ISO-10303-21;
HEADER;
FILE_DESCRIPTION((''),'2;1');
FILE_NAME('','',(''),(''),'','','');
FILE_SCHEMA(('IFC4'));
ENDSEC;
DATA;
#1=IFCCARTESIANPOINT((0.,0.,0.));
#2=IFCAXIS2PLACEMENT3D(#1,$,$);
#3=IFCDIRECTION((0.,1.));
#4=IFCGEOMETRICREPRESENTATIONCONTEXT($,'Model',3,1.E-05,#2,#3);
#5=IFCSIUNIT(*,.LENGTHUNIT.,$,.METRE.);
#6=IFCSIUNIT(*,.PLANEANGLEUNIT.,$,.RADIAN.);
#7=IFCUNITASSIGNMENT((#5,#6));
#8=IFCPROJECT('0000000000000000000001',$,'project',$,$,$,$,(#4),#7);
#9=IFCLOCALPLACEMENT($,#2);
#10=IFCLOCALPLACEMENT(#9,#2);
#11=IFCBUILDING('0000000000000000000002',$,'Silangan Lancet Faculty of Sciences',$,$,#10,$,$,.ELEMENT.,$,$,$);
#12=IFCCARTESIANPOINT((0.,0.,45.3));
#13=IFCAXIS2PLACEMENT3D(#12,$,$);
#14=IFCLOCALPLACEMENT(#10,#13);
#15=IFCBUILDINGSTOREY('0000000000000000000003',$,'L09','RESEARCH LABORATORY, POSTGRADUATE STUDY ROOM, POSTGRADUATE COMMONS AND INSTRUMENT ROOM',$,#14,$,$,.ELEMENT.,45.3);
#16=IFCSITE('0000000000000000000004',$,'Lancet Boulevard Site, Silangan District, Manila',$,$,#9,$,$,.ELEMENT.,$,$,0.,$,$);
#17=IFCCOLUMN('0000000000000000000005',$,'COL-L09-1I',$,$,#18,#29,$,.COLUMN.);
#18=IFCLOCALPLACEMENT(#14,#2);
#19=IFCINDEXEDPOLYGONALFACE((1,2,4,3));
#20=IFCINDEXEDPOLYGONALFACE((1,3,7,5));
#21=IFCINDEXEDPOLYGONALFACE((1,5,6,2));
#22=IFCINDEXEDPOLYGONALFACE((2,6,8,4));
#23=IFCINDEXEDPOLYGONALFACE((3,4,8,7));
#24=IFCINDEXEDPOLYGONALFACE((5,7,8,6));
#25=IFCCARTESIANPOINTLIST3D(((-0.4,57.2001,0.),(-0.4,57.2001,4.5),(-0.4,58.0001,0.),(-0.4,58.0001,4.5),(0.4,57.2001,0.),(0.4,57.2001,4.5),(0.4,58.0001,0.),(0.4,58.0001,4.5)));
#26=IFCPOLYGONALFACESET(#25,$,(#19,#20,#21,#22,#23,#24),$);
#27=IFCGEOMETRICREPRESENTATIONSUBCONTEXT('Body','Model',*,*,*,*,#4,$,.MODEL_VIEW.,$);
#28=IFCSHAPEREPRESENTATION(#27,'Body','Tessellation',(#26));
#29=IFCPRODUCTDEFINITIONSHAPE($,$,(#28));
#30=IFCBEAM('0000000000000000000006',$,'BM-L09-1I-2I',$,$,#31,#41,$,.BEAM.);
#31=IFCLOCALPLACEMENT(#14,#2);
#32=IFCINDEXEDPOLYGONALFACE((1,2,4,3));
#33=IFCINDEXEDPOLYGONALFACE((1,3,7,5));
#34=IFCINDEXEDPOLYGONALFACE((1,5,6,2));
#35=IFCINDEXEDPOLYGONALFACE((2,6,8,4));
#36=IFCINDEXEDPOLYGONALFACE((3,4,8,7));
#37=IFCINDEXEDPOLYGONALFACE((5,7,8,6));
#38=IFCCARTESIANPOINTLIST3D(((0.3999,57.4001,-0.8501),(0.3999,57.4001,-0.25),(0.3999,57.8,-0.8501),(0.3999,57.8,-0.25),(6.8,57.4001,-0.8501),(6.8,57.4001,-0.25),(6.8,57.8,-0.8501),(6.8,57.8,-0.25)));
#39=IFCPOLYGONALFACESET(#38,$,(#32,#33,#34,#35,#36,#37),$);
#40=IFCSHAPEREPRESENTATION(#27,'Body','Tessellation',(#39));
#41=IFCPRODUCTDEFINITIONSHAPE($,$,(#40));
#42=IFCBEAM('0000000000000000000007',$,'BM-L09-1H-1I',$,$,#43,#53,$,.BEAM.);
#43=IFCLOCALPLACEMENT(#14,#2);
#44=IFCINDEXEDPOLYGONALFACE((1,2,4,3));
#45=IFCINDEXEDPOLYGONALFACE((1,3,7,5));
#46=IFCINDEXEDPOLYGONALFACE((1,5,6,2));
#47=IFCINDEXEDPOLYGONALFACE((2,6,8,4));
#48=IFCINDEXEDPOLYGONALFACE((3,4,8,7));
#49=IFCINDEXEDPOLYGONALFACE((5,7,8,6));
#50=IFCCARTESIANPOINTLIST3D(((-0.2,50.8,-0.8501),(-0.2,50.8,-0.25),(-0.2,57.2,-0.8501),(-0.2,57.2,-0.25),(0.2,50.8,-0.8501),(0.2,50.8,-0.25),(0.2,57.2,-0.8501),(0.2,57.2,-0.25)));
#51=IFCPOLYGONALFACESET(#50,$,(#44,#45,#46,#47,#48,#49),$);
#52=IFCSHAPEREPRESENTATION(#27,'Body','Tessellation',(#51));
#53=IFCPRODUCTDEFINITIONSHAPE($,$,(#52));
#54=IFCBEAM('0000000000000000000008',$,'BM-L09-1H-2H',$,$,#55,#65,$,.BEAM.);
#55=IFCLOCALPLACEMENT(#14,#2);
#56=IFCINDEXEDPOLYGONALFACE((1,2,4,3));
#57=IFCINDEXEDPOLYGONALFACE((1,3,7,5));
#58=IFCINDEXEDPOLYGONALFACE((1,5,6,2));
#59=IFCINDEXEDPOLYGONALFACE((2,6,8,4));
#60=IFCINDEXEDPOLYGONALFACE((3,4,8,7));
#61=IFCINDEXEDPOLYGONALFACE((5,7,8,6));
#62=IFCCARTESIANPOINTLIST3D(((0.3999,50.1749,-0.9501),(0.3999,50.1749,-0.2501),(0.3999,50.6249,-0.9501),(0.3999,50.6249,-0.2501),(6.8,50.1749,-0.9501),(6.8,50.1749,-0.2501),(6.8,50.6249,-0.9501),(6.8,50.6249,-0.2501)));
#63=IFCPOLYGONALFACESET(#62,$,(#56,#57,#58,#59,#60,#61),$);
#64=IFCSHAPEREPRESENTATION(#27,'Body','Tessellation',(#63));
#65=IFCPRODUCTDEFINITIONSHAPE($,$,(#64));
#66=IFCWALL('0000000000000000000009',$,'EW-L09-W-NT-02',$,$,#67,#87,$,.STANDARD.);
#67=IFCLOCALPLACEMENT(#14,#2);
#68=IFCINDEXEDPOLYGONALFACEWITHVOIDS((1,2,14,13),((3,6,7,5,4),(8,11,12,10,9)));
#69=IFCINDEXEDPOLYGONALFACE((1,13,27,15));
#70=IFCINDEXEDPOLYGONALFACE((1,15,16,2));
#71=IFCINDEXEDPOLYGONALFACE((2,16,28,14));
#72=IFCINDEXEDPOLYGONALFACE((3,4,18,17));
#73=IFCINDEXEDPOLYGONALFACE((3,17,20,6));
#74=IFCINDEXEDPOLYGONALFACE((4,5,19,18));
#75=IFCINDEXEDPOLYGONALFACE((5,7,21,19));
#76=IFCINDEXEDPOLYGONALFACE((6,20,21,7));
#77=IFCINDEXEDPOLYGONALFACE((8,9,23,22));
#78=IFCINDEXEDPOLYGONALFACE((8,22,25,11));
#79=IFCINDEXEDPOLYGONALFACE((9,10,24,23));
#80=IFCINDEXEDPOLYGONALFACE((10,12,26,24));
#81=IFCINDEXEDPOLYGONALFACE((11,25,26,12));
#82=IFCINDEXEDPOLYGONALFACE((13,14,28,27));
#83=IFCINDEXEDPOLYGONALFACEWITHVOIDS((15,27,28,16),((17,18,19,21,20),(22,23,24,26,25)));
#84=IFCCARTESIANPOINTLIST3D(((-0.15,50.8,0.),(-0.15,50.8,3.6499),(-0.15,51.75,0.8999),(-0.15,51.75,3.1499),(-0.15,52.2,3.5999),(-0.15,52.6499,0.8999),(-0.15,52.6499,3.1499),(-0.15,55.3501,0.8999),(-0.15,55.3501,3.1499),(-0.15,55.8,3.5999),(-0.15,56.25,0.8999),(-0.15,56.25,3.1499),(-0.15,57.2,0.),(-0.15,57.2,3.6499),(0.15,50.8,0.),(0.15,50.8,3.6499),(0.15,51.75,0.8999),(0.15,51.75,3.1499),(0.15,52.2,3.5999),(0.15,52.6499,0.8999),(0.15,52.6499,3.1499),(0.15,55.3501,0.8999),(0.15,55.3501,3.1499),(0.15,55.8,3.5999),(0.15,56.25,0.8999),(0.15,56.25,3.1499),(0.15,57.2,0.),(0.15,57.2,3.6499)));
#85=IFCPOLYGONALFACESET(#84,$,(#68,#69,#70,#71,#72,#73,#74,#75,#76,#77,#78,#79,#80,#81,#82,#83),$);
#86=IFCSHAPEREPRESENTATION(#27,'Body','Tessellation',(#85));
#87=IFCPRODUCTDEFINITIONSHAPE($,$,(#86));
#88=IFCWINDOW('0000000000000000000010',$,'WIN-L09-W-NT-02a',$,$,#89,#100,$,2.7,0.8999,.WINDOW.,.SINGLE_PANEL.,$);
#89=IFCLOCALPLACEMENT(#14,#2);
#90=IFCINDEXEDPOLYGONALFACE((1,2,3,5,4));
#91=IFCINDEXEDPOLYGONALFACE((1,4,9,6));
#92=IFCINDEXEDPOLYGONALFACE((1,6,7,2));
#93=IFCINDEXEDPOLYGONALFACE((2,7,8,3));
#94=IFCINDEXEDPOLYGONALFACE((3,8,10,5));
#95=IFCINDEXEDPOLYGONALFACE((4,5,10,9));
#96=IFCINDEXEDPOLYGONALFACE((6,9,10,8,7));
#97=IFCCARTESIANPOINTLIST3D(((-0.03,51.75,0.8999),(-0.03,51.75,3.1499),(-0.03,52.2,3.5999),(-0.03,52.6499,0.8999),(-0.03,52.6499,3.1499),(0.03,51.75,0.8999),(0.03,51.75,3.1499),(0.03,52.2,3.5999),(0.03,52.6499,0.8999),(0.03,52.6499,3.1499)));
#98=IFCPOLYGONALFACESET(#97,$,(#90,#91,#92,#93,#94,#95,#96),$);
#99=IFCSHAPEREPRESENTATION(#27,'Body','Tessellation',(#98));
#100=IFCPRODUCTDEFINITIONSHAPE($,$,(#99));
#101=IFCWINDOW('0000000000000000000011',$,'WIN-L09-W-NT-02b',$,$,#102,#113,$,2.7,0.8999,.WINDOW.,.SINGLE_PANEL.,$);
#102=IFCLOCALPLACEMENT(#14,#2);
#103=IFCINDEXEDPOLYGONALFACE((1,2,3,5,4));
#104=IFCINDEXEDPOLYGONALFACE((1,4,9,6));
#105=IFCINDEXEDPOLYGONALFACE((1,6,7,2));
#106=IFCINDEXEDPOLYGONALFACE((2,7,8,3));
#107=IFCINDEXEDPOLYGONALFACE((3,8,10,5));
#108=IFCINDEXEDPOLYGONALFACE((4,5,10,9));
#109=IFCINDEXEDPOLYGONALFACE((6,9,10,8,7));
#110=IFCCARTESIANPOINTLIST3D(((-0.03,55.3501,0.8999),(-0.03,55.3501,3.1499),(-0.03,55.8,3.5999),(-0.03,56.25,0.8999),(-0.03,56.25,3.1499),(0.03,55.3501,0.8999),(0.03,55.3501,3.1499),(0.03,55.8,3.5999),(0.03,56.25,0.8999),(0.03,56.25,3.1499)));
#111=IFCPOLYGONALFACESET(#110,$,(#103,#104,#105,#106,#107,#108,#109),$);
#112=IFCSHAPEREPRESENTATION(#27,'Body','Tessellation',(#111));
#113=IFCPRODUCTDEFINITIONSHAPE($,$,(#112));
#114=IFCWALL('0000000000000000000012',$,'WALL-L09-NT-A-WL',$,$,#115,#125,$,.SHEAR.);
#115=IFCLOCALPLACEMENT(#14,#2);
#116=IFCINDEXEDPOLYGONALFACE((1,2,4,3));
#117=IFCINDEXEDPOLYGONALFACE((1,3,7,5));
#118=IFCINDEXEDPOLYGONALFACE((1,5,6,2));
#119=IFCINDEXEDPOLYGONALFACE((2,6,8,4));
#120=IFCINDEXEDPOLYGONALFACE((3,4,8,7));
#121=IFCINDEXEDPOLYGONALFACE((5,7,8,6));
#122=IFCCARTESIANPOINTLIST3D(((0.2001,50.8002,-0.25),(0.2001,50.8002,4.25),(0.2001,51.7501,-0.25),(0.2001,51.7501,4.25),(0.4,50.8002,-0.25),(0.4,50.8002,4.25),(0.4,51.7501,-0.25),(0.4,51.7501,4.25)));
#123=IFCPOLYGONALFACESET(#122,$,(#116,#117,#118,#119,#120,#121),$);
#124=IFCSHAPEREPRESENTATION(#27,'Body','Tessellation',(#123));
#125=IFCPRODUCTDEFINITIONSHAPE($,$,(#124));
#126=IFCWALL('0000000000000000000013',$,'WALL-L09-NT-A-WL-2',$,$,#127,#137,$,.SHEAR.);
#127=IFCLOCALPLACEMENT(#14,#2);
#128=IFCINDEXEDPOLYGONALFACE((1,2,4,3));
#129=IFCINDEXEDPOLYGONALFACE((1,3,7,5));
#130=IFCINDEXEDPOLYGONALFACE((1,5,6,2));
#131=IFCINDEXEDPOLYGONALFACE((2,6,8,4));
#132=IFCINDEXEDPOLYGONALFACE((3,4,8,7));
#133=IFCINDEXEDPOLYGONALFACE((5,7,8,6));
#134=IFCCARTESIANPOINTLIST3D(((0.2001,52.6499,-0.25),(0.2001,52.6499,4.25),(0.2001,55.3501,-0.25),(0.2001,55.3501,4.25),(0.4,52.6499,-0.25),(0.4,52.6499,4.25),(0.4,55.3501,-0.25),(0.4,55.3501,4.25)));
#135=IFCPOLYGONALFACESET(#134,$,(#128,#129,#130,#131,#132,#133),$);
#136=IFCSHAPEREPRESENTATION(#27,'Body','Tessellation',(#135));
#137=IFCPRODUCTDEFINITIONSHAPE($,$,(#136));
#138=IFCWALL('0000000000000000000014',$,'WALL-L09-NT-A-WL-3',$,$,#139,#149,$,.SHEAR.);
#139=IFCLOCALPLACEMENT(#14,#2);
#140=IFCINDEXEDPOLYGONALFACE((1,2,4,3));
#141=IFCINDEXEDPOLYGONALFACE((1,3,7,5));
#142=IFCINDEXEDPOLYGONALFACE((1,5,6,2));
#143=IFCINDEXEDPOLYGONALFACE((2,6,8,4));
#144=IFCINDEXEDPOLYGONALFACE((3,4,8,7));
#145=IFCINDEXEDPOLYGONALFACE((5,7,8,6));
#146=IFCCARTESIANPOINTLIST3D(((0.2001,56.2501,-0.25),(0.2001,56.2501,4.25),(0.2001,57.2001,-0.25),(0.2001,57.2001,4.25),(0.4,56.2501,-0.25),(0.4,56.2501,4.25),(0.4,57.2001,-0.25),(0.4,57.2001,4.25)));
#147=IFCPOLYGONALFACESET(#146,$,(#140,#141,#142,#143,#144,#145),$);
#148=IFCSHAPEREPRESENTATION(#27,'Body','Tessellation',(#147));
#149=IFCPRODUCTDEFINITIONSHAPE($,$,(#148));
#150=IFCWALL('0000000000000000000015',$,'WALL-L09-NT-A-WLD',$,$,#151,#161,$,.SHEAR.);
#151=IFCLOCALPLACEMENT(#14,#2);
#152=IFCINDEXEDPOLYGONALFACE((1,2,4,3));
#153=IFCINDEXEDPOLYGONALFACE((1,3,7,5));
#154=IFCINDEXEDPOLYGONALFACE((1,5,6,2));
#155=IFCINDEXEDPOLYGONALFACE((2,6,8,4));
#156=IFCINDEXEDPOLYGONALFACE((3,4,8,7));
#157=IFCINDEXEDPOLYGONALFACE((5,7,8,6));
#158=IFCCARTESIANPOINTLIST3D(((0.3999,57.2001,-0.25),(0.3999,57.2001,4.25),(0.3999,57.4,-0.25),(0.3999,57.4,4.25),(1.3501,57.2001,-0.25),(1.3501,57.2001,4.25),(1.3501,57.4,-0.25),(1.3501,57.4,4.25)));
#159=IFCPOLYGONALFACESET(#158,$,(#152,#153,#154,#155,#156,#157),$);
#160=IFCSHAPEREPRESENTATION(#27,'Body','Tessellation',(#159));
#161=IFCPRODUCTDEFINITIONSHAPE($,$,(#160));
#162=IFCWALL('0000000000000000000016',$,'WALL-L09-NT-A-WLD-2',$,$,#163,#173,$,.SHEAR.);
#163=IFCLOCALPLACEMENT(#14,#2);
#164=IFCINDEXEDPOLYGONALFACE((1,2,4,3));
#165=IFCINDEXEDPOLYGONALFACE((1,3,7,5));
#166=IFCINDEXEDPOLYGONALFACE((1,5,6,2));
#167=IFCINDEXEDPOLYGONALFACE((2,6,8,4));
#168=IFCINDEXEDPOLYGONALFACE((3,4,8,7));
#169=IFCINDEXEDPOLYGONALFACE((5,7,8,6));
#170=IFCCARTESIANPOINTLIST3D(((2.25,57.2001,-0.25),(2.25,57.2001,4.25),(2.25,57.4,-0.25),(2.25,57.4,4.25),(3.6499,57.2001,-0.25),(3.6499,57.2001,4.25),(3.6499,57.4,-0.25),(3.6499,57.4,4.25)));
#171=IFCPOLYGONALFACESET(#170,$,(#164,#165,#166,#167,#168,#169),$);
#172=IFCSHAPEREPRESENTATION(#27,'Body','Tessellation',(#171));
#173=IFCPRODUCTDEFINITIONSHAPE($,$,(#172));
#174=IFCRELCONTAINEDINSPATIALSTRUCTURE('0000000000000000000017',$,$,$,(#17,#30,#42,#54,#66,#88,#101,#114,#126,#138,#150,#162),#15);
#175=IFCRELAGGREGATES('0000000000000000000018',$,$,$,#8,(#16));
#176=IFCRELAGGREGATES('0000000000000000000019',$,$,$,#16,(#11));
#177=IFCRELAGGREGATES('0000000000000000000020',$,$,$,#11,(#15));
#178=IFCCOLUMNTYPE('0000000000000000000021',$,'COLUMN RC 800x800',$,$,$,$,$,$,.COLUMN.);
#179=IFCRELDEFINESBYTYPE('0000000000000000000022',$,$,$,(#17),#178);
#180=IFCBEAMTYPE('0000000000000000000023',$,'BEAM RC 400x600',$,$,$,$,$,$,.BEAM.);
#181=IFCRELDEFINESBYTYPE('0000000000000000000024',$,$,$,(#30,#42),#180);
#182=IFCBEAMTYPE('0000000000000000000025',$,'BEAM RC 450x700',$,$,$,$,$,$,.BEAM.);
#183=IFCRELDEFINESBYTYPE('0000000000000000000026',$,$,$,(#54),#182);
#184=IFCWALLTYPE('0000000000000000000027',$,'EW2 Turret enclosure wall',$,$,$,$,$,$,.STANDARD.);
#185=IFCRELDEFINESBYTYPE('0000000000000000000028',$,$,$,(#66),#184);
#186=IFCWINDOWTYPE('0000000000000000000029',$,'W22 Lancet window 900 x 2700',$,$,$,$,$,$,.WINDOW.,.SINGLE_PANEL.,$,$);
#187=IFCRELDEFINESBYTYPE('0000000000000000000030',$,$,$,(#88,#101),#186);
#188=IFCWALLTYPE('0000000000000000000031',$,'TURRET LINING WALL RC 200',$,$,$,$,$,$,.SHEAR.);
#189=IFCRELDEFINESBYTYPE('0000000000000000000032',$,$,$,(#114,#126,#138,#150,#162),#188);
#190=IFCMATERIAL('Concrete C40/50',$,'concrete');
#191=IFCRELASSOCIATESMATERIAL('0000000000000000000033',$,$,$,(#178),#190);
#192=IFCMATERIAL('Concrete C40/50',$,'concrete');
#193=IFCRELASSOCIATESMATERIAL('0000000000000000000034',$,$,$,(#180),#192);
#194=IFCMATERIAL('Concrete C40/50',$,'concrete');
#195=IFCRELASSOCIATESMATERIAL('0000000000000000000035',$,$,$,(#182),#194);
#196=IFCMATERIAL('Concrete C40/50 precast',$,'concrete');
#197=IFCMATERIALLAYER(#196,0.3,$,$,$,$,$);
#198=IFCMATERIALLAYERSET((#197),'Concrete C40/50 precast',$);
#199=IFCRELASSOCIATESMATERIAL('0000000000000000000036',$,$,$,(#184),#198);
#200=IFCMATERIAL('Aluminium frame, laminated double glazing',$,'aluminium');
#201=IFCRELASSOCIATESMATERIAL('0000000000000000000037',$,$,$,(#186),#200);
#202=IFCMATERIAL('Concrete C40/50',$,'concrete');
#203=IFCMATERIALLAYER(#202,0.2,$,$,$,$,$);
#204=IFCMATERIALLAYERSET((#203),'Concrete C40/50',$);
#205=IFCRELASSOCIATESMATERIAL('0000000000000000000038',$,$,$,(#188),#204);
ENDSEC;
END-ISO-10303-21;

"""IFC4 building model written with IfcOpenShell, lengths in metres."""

from ifc_helpers import new_model, si_unit, direction, frame, frame_2d, origin, origin_2d, place, context, subcontext, project, spatial, polyline, rectangle, outline, extrude, material, layer, layer_set, material_profile, profile_set, type_object, element, fill, save


model = new_model("IFC4")

# Units and contexts
model_context = context("Model", 3, precision=1e-05, world=origin(), true_north=direction((0.0, 1.0)))
body_context = subcontext(model_context, "Body", "Model", "MODEL_VIEW")
ifc_project = project(units=[si_unit("LENGTHUNIT", "METRE"), si_unit("PLANEANGLEUNIT", "RADIAN")], contexts=[model_context])

# Site, building, storey
site_placement = place(None, origin())
site = spatial("IfcSite", under=ifc_project, at=site_placement, Name="Lancet Boulevard Site, Silangan District, Manila", CompositionType="ELEMENT", RefElevation=0.0)
building_placement = place(site_placement, origin())
building = spatial("IfcBuilding", under=site, at=building_placement, Name="Silangan Lancet Faculty of Sciences", CompositionType="ELEMENT")
storey_placement = place(building_placement, frame((0.0, 0.0, 45.3)))
storey = spatial("IfcBuildingStorey", under=building, at=storey_placement, Name="L09", Description="RESEARCH LABORATORY, POSTGRADUATE STUDY ROOM, POSTGRADUATE COMMONS AND INSTRUMENT ROOM", CompositionType="ELEMENT", Elevation=45.3)

# Column
ifc_material_1 = material(Name="Concrete C40/50", Category="concrete")
ifc_material_profile_1 = material_profile(ifc_material_1, rectangle(XDim=0.8, YDim=0.8, at=origin_2d()), Name="RC 800x800")
ifc_profile_set_1 = profile_set([ifc_material_profile_1], Name="Concrete C40/50")
column_type = type_object("IfcColumnType", Name="COLUMN RC 800x800", PredefinedType="COLUMN", material=ifc_profile_set_1)
column_placement = place(storey_placement, frame((0.0, 57.6001, 0.0), z_axis=(0.0, 0.0, 1.0), x_axis=(1.0, 0.0, 0.0)))
element("IfcColumn", 1, at=column_placement, inside=storey, type_object=column_type, Name="COL-L09-1I", PredefinedType="COLUMN", context=body_context, shape_type="SweptSolid", body=[
    extrude(rectangle(XDim=0.8, YDim=0.8, at=origin_2d()), origin(), (0.0, 0.0, 1.0), 4.5),
])

# Beams
ifc_material_2 = material(Name="Concrete C40/50", Category="concrete")
ifc_material_profile_2 = material_profile(ifc_material_2, rectangle(XDim=0.3999, YDim=0.6001, at=origin_2d()), Name="RC 400x600")
ifc_profile_set_2 = profile_set([ifc_material_profile_2], Name="Concrete C40/50")
beam_type_1 = type_object("IfcBeamType", Name="BEAM RC 400x600", PredefinedType="BEAM", material=ifc_profile_set_2)
beam_1_placement = place(storey_placement, frame((0.3999, 57.6001, -0.55), z_axis=(1.0, 0.0, 0.0), x_axis=(0.0, 1.0, 0.0)))
element("IfcBeam", 2, at=beam_1_placement, inside=storey, type_object=beam_type_1, Name="BM-L09-1I-2I", PredefinedType="BEAM", context=body_context, shape_type="SweptSolid", body=[
    extrude(rectangle(XDim=0.3999, YDim=0.6001, at=origin_2d()), origin(), (0.0, 0.0, 1.0), 6.4001),
])
beam_2_placement = place(storey_placement, frame((0.0, 50.8, -0.55), z_axis=(0.0, 1.0, 0.0), x_axis=(-1.0, 0.0, 0.0)))
element("IfcBeam", 3, at=beam_2_placement, inside=storey, type_object=beam_type_1, Name="BM-L09-1H-1I", PredefinedType="BEAM", context=body_context, shape_type="SweptSolid", body=[
    extrude(rectangle(XDim=0.3999, YDim=0.6001, at=origin_2d()), origin(), (0.0, 0.0, 1.0), 6.3999),
])
ifc_material_3 = material(Name="Concrete C40/50", Category="concrete")
ifc_material_profile_3 = material_profile(ifc_material_3, rectangle(XDim=0.45, YDim=0.7, at=origin_2d()), Name="RC 450x700")
ifc_profile_set_3 = profile_set([ifc_material_profile_3], Name="Concrete C40/50")
beam_type_2 = type_object("IfcBeamType", Name="BEAM RC 450x700", PredefinedType="BEAM", material=ifc_profile_set_3)
beam_3_placement = place(storey_placement, frame((0.3999, 50.3999, -0.6001), z_axis=(1.0, 0.0, 0.0), x_axis=(0.0, 1.0, 0.0)))
element("IfcBeam", 4, at=beam_3_placement, inside=storey, type_object=beam_type_2, Name="BM-L09-1H-2H", PredefinedType="BEAM", context=body_context, shape_type="SweptSolid", body=[
    extrude(rectangle(XDim=0.45, YDim=0.7, at=origin_2d()), origin(), (0.0, 0.0, 1.0), 6.4001),
])

# Wall, openings, windows
ifc_material_4 = material(Name="Concrete C40/50 precast", Category="concrete")
ifc_layer_1 = layer(ifc_material_4, 0.3)
ifc_layer_set_1 = layer_set([ifc_layer_1], Name="Concrete C40/50 precast")
wall_type_1 = type_object("IfcWallType", Name="EW2 Turret enclosure wall", PredefinedType="STANDARD", material=ifc_layer_set_1)
wall_1_placement = place(storey_placement, frame((0.0, 50.8, 0.0), z_axis=(0.0, 0.0, 1.0), x_axis=(0.0, 1.0, 0.0)))
wall_1 = element("IfcWall", 5, at=wall_1_placement, inside=storey, type_object=wall_type_1, Name="EW-L09-W-NT-02", PredefinedType="STANDARD", context=body_context, shape_type="SweptSolid", body=[
    extrude(rectangle(XDim=6.3999, YDim=0.3, at=frame_2d((3.2, 0.0))), origin(), (0.0, 0.0, 1.0), 3.6499),
])
opening_1_placement = place(wall_1_placement, frame((0.95, 0.0, 0.8999)))
opening_1 = element("IfcOpeningElement", 6, at=opening_1_placement, cuts=wall_1, PredefinedType="OPENING", context=body_context, shape_type="SweptSolid", body=[
    extrude(outline(polyline([(0.0, 0.0), (0.8999, 0.0), (0.8999, 2.25), (0.45, 2.7), (0.0, 2.25), (0.0, 0.0)])), frame((0.0, 0.1599, 0.0), z_axis=(0.0, -1.0, 0.0), x_axis=(1.0, 0.0, 0.0)), (0.0, 0.0, 1.0), 0.3201),
])
opening_2_placement = place(wall_1_placement, frame((4.55, 0.0, 0.8999)))
opening_2 = element("IfcOpeningElement", 7, at=opening_2_placement, cuts=wall_1, PredefinedType="OPENING", context=body_context, shape_type="SweptSolid", body=[
    extrude(outline(polyline([(0.0, 0.0), (0.8999, 0.0), (0.8999, 2.25), (0.45, 2.7), (0.0, 2.25), (0.0, 0.0)])), frame((0.0, 0.1599, 0.0), z_axis=(0.0, -1.0, 0.0), x_axis=(1.0, 0.0, 0.0)), (0.0, 0.0, 1.0), 0.3201),
])
ifc_material_5 = material(Name="Aluminium frame, laminated double glazing", Category="aluminium")
window_type = type_object("IfcWindowType", Name="W22 Lancet window 900 x 2700", PartitioningType="SINGLE_PANEL", PredefinedType="WINDOW", material=ifc_material_5)
window_1_placement = place(opening_1_placement, origin())
window_1 = element("IfcWindow", 8, at=window_1_placement, inside=storey, type_object=window_type, Name="WIN-L09-W-NT-02a", OverallHeight=2.7, OverallWidth=0.8999, PartitioningType="SINGLE_PANEL", PredefinedType="WINDOW", context=body_context, shape_type="SweptSolid", body=[
    extrude(outline(polyline([(0.0, 0.0), (0.8999, 0.0), (0.8999, 2.25), (0.45, 2.7), (0.0, 2.25), (0.0, 0.0)])), frame((0.0, 0.03, 0.0), z_axis=(0.0, -1.0, 0.0), x_axis=(1.0, 0.0, 0.0)), (0.0, 0.0, 1.0), 0.0601),
])
fill(opening_1, window_1)
window_2_placement = place(opening_2_placement, origin())
window_2 = element("IfcWindow", 9, at=window_2_placement, inside=storey, type_object=window_type, Name="WIN-L09-W-NT-02b", OverallHeight=2.7, OverallWidth=0.8999, PartitioningType="SINGLE_PANEL", PredefinedType="WINDOW", context=body_context, shape_type="SweptSolid", body=[
    extrude(outline(polyline([(0.0, 0.0), (0.8999, 0.0), (0.8999, 2.25), (0.45, 2.7), (0.0, 2.25), (0.0, 0.0)])), frame((0.0, 0.03, 0.0), z_axis=(0.0, -1.0, 0.0), x_axis=(1.0, 0.0, 0.0)), (0.0, 0.0, 1.0), 0.0601),
])
fill(opening_2, window_2)

# Walls
ifc_material_6 = material(Name="Concrete C40/50", Category="concrete")
ifc_layer_2 = layer(ifc_material_6, 0.2)
ifc_layer_set_2 = layer_set([ifc_layer_2], Name="Concrete C40/50")
wall_type_2 = type_object("IfcWallType", Name="TURRET LINING WALL RC 200", PredefinedType="SHEAR", material=ifc_layer_set_2)
wall_2_placement = place(storey_placement, frame((0.3, 50.8, -0.25), z_axis=(0.0, 0.0, 1.0), x_axis=(0.0, 1.0, 0.0)))
element("IfcWall", 10, at=wall_2_placement, inside=storey, type_object=wall_type_2, Name="WALL-L09-NT-A-WL", PredefinedType="SHEAR", context=body_context, shape_type="SweptSolid", body=[
    extrude(rectangle(XDim=0.95, YDim=0.2, at=frame_2d((0.4751, 0.0))), origin(), (0.0, 0.0, 1.0), 4.5),
])
wall_3_placement = place(storey_placement, frame((0.3, 52.6499, -0.25), z_axis=(0.0, 0.0, 1.0), x_axis=(0.0, 1.0, 0.0)))
element("IfcWall", 11, at=wall_3_placement, inside=storey, type_object=wall_type_2, Name="WALL-L09-NT-A-WL-2", PredefinedType="SHEAR", context=body_context, shape_type="SweptSolid", body=[
    extrude(rectangle(XDim=2.7002, YDim=0.2, at=frame_2d((1.3501, 0.0))), origin(), (0.0, 0.0, 1.0), 4.5),
])
wall_4_placement = place(storey_placement, frame((0.3, 56.25, -0.25), z_axis=(0.0, 0.0, 1.0), x_axis=(0.0, 1.0, 0.0)))
element("IfcWall", 12, at=wall_4_placement, inside=storey, type_object=wall_type_2, Name="WALL-L09-NT-A-WL-3", PredefinedType="SHEAR", context=body_context, shape_type="SweptSolid", body=[
    extrude(rectangle(XDim=0.95, YDim=0.2, at=frame_2d((0.4751, 0.0))), origin(), (0.0, 0.0, 1.0), 4.5),
])
wall_5_placement = place(storey_placement, frame((0.3999, 57.3, -0.25), z_axis=(0.0, 0.0, 1.0), x_axis=(1.0, 0.0, 0.0)))
element("IfcWall", 13, at=wall_5_placement, inside=storey, type_object=wall_type_2, Name="WALL-L09-NT-A-WLD", PredefinedType="SHEAR", context=body_context, shape_type="SweptSolid", body=[
    extrude(rectangle(XDim=0.9502, YDim=0.2, at=frame_2d((0.4751, 0.0))), origin(), (0.0, 0.0, 1.0), 4.5),
])
wall_6_placement = place(storey_placement, frame((2.25, 57.3, -0.25), z_axis=(0.0, 0.0, 1.0), x_axis=(1.0, 0.0, 0.0)))
element("IfcWall", 14, at=wall_6_placement, inside=storey, type_object=wall_type_2, Name="WALL-L09-NT-A-WLD-2", PredefinedType="SHEAR", context=body_context, shape_type="SweptSolid", body=[
    extrude(rectangle(XDim=1.3999, YDim=0.2, at=frame_2d((0.7, 0.0))), origin(), (0.0, 0.0, 1.0), 4.5),
])

save(model, "model.ifc")
